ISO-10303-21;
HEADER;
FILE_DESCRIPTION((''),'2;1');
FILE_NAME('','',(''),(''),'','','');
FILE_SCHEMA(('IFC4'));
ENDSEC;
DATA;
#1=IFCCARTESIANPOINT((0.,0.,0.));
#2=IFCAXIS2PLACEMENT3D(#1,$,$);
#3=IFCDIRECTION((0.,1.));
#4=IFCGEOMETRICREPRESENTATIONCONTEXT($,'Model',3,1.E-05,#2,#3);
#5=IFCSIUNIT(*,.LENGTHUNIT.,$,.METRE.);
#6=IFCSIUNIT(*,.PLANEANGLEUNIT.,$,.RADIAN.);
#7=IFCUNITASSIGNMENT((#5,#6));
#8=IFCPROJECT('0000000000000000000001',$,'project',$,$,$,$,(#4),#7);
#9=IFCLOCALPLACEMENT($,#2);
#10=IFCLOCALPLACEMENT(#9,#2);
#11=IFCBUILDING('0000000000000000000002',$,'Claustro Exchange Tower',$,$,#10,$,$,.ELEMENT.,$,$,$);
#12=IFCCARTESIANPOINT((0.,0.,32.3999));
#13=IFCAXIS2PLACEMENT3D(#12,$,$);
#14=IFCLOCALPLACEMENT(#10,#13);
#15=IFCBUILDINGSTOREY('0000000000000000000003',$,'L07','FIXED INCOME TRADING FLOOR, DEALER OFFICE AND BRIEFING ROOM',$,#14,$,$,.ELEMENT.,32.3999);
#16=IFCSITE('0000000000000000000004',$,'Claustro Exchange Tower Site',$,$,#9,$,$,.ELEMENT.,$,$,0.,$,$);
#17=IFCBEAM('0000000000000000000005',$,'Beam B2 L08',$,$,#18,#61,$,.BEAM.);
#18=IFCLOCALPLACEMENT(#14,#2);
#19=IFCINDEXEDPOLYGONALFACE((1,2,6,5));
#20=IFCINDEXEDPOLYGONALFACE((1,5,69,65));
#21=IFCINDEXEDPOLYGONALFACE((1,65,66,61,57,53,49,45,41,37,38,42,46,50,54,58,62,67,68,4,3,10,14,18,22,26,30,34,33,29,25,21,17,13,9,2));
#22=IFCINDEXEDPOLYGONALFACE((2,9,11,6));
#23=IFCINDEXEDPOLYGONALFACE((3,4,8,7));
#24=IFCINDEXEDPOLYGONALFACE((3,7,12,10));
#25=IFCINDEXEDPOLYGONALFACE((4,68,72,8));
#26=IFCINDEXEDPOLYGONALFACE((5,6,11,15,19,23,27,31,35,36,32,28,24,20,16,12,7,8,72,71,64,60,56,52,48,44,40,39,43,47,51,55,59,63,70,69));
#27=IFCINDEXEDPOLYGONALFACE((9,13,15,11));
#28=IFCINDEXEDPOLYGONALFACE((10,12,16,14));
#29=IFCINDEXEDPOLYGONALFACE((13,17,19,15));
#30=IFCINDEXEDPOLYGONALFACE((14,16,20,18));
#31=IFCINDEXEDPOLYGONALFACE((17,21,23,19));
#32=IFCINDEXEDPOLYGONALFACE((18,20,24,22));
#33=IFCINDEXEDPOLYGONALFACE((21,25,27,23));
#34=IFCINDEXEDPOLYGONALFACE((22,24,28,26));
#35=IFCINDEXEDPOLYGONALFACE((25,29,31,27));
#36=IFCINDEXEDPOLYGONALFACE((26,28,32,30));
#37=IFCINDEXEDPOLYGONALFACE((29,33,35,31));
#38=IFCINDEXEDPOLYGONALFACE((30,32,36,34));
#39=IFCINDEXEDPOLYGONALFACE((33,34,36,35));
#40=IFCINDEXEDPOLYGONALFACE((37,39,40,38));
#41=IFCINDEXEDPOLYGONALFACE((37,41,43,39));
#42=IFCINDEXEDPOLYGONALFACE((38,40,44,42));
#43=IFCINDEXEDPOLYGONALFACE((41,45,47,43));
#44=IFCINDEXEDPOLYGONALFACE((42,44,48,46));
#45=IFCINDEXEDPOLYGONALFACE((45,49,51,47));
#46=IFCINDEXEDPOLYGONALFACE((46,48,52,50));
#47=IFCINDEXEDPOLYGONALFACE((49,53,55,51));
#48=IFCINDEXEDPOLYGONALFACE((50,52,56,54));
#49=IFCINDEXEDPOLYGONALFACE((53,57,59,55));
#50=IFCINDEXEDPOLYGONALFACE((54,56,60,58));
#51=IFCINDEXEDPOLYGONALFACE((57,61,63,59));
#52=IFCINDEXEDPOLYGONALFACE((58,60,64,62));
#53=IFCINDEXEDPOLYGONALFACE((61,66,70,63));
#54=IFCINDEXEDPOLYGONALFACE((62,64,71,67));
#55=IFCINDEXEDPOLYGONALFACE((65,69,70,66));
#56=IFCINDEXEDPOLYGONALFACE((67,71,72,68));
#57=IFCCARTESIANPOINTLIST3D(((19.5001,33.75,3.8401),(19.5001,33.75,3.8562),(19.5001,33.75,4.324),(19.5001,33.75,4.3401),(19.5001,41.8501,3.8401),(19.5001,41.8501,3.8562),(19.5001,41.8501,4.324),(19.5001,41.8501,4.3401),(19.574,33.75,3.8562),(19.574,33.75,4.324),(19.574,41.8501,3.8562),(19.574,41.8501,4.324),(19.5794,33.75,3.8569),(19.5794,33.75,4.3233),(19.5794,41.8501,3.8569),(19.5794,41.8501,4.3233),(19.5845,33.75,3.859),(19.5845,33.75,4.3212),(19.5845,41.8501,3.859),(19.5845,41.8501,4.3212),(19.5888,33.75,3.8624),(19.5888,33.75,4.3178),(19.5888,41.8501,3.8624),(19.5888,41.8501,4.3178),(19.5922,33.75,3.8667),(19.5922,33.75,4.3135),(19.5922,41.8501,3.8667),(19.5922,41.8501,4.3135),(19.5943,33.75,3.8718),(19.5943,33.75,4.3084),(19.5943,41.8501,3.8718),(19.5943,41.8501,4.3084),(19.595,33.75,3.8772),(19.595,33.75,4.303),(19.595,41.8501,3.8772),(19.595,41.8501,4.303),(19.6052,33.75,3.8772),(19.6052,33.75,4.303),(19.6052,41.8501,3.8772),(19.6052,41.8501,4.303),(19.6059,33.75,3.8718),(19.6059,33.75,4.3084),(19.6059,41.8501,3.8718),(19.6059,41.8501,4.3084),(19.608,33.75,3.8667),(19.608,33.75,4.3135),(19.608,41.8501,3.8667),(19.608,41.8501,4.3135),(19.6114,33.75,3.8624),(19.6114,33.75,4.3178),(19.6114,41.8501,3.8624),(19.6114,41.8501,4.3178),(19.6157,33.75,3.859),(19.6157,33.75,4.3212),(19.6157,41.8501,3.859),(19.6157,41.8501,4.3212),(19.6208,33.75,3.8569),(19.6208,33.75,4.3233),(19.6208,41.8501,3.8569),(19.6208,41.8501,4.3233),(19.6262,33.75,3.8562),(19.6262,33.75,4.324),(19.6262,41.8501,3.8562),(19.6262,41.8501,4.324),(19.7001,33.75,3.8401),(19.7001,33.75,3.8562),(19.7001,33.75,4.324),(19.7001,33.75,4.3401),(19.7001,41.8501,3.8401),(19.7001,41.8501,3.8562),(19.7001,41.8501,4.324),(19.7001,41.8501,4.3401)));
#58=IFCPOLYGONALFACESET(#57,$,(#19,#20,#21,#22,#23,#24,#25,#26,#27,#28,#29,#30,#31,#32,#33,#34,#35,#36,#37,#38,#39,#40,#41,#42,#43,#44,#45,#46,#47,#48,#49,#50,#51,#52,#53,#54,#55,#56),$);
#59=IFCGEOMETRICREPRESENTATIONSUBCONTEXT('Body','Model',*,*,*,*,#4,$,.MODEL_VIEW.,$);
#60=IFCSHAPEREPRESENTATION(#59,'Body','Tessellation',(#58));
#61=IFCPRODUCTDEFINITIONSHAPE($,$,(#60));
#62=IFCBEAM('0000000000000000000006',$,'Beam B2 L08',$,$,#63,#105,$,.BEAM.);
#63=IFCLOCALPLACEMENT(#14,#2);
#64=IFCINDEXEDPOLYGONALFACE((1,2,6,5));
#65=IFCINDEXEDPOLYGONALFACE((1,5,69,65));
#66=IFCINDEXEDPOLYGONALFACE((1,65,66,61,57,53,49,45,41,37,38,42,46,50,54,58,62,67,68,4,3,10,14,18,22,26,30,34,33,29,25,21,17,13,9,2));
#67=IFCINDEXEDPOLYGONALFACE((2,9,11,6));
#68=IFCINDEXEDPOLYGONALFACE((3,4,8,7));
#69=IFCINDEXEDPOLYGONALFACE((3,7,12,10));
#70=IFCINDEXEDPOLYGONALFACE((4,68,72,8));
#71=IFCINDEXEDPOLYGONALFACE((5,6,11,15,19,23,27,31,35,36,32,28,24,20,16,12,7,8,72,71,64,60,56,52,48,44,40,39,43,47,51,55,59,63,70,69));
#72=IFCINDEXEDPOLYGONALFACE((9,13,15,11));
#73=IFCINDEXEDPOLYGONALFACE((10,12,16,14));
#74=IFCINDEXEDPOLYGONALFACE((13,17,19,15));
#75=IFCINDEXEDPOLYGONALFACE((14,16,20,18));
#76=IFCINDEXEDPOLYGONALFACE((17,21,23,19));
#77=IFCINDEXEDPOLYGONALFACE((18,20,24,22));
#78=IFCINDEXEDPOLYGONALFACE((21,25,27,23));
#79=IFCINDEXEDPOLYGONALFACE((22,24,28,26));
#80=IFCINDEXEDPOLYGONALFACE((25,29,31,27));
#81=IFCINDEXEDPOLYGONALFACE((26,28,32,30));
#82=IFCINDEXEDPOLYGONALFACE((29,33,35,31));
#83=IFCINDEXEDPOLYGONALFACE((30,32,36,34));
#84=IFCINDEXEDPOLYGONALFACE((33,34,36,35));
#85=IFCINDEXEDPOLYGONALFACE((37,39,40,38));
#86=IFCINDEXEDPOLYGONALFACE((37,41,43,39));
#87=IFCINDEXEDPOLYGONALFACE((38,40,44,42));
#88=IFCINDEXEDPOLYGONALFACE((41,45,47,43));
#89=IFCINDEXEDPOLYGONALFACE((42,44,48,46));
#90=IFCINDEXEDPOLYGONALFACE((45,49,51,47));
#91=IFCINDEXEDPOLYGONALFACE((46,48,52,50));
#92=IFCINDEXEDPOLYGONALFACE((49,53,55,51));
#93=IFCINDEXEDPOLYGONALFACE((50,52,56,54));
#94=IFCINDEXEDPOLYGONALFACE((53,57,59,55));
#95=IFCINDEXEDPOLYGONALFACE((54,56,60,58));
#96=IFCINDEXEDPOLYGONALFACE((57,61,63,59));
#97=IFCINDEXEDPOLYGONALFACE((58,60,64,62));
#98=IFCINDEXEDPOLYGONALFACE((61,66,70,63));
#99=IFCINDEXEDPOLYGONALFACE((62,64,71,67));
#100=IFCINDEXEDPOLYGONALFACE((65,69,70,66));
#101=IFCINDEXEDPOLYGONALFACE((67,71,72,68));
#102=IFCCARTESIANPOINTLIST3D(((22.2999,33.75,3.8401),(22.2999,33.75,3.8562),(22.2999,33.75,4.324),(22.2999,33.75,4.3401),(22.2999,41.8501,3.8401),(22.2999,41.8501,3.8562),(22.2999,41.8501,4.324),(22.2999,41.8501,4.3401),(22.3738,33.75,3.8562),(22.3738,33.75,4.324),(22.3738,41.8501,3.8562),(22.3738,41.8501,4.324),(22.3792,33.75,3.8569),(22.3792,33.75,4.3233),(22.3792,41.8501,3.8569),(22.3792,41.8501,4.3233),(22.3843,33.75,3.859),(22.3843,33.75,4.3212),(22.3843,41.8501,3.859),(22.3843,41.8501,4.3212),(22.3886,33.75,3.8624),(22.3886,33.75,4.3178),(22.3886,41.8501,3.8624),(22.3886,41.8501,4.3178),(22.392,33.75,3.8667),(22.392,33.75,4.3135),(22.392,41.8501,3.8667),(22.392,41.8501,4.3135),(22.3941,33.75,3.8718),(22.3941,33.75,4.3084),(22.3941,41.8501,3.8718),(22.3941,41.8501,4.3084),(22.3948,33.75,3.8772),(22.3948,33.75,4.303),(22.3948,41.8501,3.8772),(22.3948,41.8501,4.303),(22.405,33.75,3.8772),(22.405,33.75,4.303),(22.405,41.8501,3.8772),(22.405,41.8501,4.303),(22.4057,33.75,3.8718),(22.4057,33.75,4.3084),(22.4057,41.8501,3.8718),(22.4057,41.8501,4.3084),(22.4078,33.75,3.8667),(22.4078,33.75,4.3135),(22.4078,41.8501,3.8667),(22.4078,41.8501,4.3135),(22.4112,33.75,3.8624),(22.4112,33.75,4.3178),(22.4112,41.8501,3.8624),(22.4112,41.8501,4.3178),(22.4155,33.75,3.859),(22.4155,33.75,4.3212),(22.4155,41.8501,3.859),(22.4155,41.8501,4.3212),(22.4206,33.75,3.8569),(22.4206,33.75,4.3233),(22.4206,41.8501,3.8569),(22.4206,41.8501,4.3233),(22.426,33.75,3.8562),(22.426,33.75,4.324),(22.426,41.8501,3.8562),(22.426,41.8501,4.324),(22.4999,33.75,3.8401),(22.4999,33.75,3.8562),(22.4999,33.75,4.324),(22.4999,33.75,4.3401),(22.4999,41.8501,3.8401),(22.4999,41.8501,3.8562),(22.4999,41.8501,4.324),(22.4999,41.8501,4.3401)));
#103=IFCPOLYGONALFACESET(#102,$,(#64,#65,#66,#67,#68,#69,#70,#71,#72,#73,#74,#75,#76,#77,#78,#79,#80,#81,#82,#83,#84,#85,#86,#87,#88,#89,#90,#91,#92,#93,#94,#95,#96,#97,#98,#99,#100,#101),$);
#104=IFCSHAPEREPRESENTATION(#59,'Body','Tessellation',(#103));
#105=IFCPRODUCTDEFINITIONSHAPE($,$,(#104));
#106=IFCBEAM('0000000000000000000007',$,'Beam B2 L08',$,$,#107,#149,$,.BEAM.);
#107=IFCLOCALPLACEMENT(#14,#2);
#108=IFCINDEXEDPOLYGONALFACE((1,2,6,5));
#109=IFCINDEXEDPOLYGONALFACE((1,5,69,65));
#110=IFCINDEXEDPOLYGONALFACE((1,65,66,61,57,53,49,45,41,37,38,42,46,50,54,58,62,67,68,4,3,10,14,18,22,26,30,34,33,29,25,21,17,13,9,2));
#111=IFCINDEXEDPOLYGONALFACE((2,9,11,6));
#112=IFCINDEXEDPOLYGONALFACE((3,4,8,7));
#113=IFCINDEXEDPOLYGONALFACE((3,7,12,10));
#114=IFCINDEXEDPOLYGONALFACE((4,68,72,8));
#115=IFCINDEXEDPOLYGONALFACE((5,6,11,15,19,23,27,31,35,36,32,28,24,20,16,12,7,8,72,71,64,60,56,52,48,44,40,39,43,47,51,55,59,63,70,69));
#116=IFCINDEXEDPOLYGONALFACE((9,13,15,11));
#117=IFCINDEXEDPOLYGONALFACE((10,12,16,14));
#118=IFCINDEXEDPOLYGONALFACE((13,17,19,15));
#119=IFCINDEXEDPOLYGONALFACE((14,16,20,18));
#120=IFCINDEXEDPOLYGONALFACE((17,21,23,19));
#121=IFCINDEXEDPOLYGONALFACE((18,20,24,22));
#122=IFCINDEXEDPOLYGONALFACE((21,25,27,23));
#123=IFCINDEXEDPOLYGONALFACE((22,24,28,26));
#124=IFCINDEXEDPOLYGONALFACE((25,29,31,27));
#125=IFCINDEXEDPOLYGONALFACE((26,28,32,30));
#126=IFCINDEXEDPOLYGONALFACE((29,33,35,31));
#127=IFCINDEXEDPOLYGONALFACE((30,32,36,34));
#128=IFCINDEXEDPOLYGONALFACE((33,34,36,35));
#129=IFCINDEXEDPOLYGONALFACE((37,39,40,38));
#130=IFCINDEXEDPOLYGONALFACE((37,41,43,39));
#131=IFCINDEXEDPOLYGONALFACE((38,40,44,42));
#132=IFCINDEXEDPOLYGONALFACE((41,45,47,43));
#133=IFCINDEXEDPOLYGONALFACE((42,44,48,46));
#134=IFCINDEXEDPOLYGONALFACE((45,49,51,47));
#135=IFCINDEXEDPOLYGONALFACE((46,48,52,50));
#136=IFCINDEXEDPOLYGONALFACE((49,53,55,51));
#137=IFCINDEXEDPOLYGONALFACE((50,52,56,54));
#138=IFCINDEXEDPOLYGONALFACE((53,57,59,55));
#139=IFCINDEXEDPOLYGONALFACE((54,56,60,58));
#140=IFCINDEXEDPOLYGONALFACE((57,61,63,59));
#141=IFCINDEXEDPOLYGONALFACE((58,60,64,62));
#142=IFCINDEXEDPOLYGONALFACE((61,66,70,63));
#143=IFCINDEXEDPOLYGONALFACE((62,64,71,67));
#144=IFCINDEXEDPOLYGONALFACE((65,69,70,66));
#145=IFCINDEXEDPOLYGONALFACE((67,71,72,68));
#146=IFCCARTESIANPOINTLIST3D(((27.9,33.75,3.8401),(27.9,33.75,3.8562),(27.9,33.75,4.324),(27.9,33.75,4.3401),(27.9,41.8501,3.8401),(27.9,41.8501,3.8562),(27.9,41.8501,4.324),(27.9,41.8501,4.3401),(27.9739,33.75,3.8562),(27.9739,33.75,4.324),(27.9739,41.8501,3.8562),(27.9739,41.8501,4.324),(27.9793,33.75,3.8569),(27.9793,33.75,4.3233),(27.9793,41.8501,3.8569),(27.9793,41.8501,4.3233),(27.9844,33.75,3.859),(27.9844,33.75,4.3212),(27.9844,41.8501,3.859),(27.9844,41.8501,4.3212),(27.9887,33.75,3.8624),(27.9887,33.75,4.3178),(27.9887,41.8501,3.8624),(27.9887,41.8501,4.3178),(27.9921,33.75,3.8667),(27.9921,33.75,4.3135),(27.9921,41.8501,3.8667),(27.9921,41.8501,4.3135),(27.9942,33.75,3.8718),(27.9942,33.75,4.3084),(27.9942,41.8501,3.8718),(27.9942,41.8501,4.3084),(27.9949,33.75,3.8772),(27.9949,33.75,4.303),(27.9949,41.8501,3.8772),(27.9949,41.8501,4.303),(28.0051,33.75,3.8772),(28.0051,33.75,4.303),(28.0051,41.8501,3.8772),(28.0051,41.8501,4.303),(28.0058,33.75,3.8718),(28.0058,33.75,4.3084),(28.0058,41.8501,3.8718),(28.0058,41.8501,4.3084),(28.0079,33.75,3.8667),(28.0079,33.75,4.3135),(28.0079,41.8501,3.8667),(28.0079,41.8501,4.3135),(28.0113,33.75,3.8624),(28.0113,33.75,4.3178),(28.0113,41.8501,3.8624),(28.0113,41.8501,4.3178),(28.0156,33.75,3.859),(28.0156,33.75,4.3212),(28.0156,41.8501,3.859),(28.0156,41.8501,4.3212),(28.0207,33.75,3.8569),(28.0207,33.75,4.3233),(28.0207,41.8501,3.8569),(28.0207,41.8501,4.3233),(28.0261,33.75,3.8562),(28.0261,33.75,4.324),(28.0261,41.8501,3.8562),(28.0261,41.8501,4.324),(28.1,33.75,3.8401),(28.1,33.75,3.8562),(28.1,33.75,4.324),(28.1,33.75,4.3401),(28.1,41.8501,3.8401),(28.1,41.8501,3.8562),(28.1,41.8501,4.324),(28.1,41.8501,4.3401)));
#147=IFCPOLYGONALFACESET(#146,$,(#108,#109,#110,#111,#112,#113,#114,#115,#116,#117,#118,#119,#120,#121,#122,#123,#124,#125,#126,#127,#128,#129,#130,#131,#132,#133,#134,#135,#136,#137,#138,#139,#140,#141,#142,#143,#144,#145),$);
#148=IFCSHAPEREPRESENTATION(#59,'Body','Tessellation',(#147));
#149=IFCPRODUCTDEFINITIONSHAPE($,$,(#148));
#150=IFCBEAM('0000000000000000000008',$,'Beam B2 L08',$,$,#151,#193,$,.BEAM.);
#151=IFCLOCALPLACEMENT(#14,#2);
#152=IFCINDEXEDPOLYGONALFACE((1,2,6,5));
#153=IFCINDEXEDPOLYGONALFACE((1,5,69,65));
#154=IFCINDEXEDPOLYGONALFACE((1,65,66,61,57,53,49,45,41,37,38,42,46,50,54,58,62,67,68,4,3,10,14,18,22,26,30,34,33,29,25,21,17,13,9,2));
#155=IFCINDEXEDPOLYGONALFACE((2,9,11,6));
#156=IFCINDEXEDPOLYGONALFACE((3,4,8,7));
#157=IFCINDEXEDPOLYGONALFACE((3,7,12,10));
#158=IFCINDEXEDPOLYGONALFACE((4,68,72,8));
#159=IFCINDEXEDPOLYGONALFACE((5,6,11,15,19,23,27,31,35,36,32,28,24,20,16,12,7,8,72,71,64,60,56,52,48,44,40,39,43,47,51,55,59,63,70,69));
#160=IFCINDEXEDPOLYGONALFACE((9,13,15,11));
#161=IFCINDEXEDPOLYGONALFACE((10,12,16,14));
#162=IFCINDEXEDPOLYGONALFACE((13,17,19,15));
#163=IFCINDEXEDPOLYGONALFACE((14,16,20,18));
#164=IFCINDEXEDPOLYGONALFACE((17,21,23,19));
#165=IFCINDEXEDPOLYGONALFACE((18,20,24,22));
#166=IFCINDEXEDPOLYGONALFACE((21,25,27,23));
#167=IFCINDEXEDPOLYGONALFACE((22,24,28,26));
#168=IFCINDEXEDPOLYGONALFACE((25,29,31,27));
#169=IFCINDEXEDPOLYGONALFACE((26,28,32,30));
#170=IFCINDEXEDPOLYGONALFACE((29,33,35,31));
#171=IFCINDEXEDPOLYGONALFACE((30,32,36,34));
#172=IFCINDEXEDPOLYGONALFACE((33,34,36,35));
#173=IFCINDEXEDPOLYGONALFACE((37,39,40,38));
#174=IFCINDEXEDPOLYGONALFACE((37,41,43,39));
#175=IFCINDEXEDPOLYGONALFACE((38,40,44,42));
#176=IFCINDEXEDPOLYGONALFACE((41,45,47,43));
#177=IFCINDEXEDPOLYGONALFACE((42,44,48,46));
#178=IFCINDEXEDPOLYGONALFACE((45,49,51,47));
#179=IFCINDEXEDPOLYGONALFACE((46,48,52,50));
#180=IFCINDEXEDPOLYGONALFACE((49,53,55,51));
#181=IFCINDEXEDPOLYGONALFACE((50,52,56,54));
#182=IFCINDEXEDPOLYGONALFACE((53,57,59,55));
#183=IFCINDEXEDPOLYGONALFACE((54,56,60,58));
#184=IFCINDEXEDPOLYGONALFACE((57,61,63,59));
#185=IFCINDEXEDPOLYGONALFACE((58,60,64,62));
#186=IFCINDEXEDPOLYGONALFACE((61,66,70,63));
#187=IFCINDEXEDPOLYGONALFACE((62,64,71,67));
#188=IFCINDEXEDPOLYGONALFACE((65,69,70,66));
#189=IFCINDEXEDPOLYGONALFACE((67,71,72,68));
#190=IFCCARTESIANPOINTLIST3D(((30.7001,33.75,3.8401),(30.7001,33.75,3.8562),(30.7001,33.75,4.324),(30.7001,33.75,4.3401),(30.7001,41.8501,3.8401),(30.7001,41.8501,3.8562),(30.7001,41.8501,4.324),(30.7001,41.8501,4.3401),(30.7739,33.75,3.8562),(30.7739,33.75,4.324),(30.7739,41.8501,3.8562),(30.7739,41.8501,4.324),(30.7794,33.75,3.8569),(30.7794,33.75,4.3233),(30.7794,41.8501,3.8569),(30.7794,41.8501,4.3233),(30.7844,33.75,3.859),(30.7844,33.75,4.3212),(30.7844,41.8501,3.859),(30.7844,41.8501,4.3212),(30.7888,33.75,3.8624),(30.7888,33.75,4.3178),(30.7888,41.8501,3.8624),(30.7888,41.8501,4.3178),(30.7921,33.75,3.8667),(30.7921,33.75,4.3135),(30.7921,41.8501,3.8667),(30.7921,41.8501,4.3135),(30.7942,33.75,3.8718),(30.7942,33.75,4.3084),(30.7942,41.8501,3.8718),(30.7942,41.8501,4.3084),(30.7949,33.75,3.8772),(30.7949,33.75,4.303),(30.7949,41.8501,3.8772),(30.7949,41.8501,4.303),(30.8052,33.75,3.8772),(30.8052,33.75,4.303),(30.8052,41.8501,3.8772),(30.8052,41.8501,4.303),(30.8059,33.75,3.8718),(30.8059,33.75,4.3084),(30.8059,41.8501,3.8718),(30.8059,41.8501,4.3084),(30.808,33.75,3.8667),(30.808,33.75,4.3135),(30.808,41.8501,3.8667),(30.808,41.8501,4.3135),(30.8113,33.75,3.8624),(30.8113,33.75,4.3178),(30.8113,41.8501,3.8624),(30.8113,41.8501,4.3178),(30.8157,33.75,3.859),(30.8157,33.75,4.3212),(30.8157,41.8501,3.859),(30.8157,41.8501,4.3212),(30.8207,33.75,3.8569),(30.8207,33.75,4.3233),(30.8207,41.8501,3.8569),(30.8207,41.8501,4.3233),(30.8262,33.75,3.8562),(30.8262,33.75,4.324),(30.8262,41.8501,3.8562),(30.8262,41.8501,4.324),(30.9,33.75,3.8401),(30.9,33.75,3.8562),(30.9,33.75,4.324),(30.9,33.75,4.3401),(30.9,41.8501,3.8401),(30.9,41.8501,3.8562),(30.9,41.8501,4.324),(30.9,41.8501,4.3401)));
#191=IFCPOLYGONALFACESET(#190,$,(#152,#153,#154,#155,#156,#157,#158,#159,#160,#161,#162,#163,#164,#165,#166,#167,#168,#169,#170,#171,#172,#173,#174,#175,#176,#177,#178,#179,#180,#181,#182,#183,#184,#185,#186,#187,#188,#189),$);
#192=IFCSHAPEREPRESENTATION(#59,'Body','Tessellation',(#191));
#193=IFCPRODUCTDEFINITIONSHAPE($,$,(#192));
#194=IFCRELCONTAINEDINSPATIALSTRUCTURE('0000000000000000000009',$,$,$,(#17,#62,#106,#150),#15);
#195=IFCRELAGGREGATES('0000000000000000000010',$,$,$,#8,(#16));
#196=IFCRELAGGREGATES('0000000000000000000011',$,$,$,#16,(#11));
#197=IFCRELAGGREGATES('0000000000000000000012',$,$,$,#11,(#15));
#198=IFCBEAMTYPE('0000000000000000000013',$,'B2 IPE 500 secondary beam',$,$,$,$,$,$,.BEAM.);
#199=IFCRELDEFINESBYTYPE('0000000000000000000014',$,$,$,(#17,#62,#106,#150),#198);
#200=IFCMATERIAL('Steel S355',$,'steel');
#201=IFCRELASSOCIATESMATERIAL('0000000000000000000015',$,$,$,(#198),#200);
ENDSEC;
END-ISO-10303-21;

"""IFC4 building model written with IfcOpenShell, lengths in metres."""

from ifc_helpers import new_model, si_unit, direction, frame, origin, origin_2d, place, context, subcontext, project, spatial, i_section, extrude, material, material_profile, profile_set, type_object, element, save


model = new_model("IFC4")

# Units and contexts
model_context = context("Model", 3, precision=1e-05, world=origin(), true_north=direction((0.0, 1.0)))
body_context = subcontext(model_context, "Body", "Model", "MODEL_VIEW")
ifc_project = project(units=[si_unit("LENGTHUNIT", "METRE"), si_unit("PLANEANGLEUNIT", "RADIAN")], contexts=[model_context])

# Site, building, storey
site_placement = place(None, origin())
site = spatial("IfcSite", under=ifc_project, at=site_placement, Name="Claustro Exchange Tower Site", CompositionType="ELEMENT", RefElevation=0.0)
building_placement = place(site_placement, origin())
building = spatial("IfcBuilding", under=site, at=building_placement, Name="Claustro Exchange Tower", CompositionType="ELEMENT")
storey_placement = place(building_placement, frame((0.0, 0.0, 32.3999)))
storey = spatial("IfcBuildingStorey", under=building, at=storey_placement, Name="L07", Description="FIXED INCOME TRADING FLOOR, DEALER OFFICE AND BRIEFING ROOM", CompositionType="ELEMENT", Elevation=32.3999)

# Beams
ifc_material_1 = material(Name="Steel S355", Category="steel")
ifc_material_profile_1 = material_profile(ifc_material_1, i_section(OverallWidth=0.2, OverallDepth=0.5, WebThickness=0.0103, FlangeThickness=0.0161, FilletRadius=0.021, at=origin_2d()), Name="IPE 500")
ifc_profile_set_1 = profile_set([ifc_material_profile_1], Name="Steel S355")
beam_type_1 = type_object("IfcBeamType", Name="B2 IPE 500 secondary beam", PredefinedType="BEAM", material=ifc_profile_set_1)
for number, where, z_axis, x_axis, name in (
    (1, (19.6001, 33.75, 4.0901), (0.0, 1.0, 0.0), (-1.0, 0.0, 0.0), "Beam B2 L08"),
    (2, (22.3999, 33.75, 4.0901), (0.0, 1.0, 0.0), (-1.0, 0.0, 0.0), "Beam B2 L08"),
    (3, (28.0, 33.75, 4.0901), (0.0, 1.0, 0.0), (-1.0, 0.0, 0.0), "Beam B2 L08"),
    (4, (30.8, 33.75, 4.0901), (0.0, 1.0, 0.0), (-1.0, 0.0, 0.0), "Beam B2 L08"),
):
    element("IfcBeam", number, at=place(storey_placement, frame(where, z_axis=z_axis, x_axis=x_axis)), inside=storey, type_object=beam_type_1, Name=name, PredefinedType="BEAM", context=body_context, shape_type="SweptSolid", body=[
        extrude(i_section(OverallWidth=0.2, OverallDepth=0.5, WebThickness=0.0103, FlangeThickness=0.0161, FilletRadius=0.021, at=origin_2d()), origin(), (0.0, 0.0, 1.0), 8.1001),
    ])

save(model, "model.ifc")
